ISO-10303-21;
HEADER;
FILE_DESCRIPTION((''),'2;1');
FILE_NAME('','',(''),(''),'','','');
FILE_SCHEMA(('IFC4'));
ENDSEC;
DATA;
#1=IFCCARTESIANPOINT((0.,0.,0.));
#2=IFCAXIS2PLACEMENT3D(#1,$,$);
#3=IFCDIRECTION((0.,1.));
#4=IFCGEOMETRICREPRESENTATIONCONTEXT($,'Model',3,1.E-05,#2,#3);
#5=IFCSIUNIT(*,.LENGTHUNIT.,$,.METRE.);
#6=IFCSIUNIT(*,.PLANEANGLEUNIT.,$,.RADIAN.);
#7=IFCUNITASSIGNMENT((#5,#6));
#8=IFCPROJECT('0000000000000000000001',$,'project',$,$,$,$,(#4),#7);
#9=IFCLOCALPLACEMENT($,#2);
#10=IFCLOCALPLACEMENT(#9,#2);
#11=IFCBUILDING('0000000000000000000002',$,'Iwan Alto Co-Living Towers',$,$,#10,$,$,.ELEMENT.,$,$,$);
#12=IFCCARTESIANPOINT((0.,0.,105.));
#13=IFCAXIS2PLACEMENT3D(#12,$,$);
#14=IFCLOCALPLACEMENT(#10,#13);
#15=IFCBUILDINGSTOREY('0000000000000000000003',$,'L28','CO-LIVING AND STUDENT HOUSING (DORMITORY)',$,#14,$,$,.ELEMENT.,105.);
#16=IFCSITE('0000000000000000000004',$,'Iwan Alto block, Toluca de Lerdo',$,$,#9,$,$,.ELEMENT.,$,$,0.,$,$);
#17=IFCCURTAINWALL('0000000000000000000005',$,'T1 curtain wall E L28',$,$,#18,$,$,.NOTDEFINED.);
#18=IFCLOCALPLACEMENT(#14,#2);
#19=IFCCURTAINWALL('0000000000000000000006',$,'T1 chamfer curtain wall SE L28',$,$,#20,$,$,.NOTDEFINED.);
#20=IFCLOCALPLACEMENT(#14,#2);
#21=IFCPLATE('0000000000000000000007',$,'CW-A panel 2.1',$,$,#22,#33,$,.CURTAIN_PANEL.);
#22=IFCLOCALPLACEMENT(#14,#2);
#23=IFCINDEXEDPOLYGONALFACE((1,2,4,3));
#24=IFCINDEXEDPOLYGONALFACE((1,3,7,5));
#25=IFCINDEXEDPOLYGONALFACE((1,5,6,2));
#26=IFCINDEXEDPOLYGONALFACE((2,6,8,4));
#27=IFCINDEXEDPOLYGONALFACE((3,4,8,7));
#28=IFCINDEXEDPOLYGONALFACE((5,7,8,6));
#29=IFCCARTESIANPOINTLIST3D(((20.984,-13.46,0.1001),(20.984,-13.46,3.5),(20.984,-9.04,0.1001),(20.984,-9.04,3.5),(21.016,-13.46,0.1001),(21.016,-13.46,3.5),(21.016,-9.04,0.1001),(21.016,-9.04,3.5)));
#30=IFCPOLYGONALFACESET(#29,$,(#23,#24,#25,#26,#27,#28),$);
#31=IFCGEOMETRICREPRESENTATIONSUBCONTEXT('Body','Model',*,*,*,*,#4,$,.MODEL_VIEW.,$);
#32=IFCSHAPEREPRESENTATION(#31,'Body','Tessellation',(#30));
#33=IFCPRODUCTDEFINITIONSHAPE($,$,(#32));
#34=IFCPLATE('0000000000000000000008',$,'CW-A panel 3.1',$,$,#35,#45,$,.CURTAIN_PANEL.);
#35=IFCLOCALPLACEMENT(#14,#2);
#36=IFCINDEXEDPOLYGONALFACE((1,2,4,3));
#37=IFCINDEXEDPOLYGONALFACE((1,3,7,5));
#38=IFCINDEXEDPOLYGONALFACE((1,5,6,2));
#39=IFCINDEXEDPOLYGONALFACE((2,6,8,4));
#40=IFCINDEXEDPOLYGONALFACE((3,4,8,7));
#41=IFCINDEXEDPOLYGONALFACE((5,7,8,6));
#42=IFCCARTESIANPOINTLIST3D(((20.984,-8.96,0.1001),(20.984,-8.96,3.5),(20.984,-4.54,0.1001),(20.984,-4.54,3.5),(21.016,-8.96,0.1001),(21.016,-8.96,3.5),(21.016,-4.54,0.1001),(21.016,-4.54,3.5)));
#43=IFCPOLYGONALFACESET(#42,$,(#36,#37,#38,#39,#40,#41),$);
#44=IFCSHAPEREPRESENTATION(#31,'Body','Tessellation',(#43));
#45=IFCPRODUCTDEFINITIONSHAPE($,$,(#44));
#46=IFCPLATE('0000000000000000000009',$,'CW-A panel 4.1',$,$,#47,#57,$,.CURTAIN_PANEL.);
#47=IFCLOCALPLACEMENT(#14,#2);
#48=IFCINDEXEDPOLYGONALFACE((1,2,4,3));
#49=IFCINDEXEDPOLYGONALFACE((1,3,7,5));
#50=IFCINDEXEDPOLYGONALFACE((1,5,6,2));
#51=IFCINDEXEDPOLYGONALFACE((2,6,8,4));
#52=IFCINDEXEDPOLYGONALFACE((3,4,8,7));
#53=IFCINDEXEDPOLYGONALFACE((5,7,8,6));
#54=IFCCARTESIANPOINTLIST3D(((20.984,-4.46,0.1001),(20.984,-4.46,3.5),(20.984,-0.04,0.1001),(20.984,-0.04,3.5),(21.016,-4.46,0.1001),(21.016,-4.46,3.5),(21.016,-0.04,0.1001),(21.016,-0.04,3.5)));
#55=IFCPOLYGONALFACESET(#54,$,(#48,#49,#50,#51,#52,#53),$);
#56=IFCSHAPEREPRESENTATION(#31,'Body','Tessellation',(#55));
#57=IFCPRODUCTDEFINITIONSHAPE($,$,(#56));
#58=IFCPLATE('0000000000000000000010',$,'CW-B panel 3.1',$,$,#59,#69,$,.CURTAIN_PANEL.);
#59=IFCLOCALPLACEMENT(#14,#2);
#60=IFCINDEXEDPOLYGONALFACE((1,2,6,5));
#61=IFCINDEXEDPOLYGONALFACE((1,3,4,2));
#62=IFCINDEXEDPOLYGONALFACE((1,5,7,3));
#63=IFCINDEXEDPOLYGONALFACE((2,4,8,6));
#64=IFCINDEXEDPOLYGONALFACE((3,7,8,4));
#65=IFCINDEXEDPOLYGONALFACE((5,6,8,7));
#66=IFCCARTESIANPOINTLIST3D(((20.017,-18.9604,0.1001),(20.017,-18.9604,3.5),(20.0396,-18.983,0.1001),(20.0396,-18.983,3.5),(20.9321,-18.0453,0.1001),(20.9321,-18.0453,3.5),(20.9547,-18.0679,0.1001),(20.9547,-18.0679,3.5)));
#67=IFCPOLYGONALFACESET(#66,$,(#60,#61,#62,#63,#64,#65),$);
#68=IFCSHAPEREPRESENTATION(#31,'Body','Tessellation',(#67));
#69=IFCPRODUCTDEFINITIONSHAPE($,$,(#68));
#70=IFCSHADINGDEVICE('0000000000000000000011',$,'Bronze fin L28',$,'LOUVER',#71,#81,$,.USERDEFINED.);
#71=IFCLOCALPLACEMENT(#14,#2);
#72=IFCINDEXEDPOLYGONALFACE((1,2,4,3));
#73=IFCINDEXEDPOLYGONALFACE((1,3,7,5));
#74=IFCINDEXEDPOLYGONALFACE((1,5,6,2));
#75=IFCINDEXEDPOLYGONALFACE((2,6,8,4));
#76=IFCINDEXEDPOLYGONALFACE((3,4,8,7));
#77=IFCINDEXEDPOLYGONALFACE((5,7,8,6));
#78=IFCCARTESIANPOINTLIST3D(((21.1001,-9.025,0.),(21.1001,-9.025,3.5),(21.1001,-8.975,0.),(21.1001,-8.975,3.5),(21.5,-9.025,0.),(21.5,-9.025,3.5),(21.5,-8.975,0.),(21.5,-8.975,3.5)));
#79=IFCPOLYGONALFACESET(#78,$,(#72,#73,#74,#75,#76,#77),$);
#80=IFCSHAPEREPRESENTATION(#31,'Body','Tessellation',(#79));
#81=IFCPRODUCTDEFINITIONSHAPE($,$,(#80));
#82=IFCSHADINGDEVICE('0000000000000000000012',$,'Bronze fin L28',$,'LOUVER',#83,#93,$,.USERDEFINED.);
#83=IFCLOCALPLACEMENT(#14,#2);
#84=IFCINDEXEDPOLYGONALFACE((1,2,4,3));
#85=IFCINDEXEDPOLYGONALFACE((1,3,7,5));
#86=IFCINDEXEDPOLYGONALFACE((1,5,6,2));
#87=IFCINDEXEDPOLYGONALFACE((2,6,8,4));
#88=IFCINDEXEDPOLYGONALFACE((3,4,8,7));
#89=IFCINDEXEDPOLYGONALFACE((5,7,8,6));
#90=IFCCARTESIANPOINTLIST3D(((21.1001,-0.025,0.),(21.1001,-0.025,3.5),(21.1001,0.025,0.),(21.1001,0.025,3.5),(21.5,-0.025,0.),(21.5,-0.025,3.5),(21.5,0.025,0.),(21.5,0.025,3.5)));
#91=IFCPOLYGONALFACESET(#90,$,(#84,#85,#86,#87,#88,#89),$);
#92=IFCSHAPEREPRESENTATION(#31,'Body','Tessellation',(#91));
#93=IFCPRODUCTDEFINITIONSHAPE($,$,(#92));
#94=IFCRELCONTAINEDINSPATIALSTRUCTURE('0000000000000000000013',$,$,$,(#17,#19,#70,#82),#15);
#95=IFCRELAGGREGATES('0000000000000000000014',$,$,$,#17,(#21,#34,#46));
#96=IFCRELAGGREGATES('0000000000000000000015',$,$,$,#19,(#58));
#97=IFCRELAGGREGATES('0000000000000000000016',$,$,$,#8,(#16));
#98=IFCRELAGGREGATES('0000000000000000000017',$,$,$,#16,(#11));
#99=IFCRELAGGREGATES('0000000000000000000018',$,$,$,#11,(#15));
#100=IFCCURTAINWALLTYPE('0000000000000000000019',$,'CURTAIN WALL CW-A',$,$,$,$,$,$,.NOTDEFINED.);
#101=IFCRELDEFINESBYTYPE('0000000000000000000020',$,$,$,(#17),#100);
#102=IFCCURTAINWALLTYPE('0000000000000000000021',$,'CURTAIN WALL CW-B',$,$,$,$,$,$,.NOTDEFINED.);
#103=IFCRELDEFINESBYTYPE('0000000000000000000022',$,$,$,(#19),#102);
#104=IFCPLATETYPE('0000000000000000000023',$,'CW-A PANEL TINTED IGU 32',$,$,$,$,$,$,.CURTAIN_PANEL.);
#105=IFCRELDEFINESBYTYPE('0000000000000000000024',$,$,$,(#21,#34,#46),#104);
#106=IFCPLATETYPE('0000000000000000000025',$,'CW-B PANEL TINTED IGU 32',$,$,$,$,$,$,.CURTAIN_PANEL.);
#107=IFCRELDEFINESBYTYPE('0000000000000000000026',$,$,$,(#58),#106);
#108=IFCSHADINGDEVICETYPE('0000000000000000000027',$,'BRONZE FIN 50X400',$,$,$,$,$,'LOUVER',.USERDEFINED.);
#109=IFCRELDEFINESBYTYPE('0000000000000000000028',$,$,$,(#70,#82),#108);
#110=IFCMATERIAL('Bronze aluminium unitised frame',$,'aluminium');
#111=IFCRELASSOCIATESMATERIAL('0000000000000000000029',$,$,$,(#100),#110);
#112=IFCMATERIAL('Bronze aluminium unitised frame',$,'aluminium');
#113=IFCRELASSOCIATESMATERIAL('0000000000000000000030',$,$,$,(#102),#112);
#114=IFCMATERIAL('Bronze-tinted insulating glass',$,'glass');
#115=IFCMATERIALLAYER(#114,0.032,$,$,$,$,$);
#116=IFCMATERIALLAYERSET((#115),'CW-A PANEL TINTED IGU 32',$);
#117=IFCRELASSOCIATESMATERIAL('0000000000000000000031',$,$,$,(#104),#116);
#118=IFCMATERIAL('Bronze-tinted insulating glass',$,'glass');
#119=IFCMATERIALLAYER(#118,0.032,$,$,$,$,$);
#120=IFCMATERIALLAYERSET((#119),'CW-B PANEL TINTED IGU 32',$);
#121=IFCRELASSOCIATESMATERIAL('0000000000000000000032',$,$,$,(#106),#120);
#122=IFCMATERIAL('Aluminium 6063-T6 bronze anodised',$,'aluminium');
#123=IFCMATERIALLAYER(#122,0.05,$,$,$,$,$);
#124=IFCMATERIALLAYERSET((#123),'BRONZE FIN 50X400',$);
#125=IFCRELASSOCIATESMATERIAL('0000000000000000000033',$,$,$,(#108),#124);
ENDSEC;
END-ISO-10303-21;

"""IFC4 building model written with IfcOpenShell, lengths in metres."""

from ifc_helpers import new_model, si_unit, direction, frame, origin, origin_2d, place, context, subcontext, project, spatial, rectangle, extrude, material, layer, layer_set, type_object, element, aggregate, save


model = new_model("IFC4")

# Units and contexts
model_context = context("Model", 3, precision=1e-05, world=origin(), true_north=direction((0.0, 1.0)))
body_context = subcontext(model_context, "Body", "Model", "MODEL_VIEW")
ifc_project = project(units=[si_unit("LENGTHUNIT", "METRE"), si_unit("PLANEANGLEUNIT", "RADIAN")], contexts=[model_context])

# Site, building, storey
site_placement = place(None, origin())
site = spatial("IfcSite", under=ifc_project, at=site_placement, Name="Iwan Alto block, Toluca de Lerdo", CompositionType="ELEMENT", RefElevation=0.0)
building_placement = place(site_placement, origin())
building = spatial("IfcBuilding", under=site, at=building_placement, Name="Iwan Alto Co-Living Towers", CompositionType="ELEMENT")
storey_placement = place(building_placement, frame((0.0, 0.0, 105.0)))
storey = spatial("IfcBuildingStorey", under=building, at=storey_placement, Name="L28", Description="CO-LIVING AND STUDENT HOUSING (DORMITORY)", CompositionType="ELEMENT", Elevation=105.0)

# Curtain wall
ifc_material_1 = material(Name="Bronze aluminium unitised frame", Category="aluminium")
curtain_wall_type_1 = type_object("IfcCurtainWallType", Name="CURTAIN WALL CW-A", PredefinedType="NOTDEFINED", material=ifc_material_1)
curtain_wall_1_placement = place(storey_placement, origin())
curtain_wall_1 = element("IfcCurtainWall", 1, at=curtain_wall_1_placement, inside=storey, type_object=curtain_wall_type_1, Name="T1 curtain wall E L28", PredefinedType="NOTDEFINED")

# Curtain wall
ifc_material_2 = material(Name="Bronze aluminium unitised frame", Category="aluminium")
curtain_wall_type_2 = type_object("IfcCurtainWallType", Name="CURTAIN WALL CW-B", PredefinedType="NOTDEFINED", material=ifc_material_2)
curtain_wall_2_placement = place(storey_placement, origin())
curtain_wall_2 = element("IfcCurtainWall", 2, at=curtain_wall_2_placement, inside=storey, type_object=curtain_wall_type_2, Name="T1 chamfer curtain wall SE L28", PredefinedType="NOTDEFINED")

# Plates
ifc_material_3 = material(Name="Bronze-tinted insulating glass", Category="glass")
ifc_layer_1 = layer(ifc_material_3, 0.032)
ifc_layer_set_1 = layer_set([ifc_layer_1], Name="CW-A PANEL TINTED IGU 32")
plate_type_1 = type_object("IfcPlateType", Name="CW-A PANEL TINTED IGU 32", PredefinedType="CURTAIN_PANEL", material=ifc_layer_set_1)
plate_1_placement = place(storey_placement, frame((21.0, -11.25, 0.1001), z_axis=(0.0, 0.0, 1.0), x_axis=(0.0, 1.0, 0.0)))
plate_1 = element("IfcPlate", 3, at=plate_1_placement, type_object=plate_type_1, Name="CW-A panel 2.1", PredefinedType="CURTAIN_PANEL", context=body_context, shape_type="SweptSolid", body=[
    extrude(rectangle(XDim=4.4199, YDim=0.032, at=origin_2d()), origin(), (0.0, 0.0, 1.0), 3.3999),
])
plate_2_placement = place(storey_placement, frame((21.0, -6.75, 0.1001), z_axis=(0.0, 0.0, 1.0), x_axis=(0.0, 1.0, 0.0)))
plate_2 = element("IfcPlate", 4, at=plate_2_placement, type_object=plate_type_1, Name="CW-A panel 3.1", PredefinedType="CURTAIN_PANEL", context=body_context, shape_type="SweptSolid", body=[
    extrude(rectangle(XDim=4.4199, YDim=0.032, at=origin_2d()), origin(), (0.0, 0.0, 1.0), 3.3999),
])
plate_3_placement = place(storey_placement, frame((21.0, -2.25, 0.1001), z_axis=(0.0, 0.0, 1.0), x_axis=(0.0, 1.0, 0.0)))
plate_3 = element("IfcPlate", 5, at=plate_3_placement, type_object=plate_type_1, Name="CW-A panel 4.1", PredefinedType="CURTAIN_PANEL", context=body_context, shape_type="SweptSolid", body=[
    extrude(rectangle(XDim=4.4199, YDim=0.032, at=origin_2d()), origin(), (0.0, 0.0, 1.0), 3.3999),
])
aggregate(curtain_wall_1, [plate_1, plate_2, plate_3])
ifc_material_4 = material(Name="Bronze-tinted insulating glass", Category="glass")
ifc_layer_2 = layer(ifc_material_4, 0.032)
ifc_layer_set_2 = layer_set([ifc_layer_2], Name="CW-B PANEL TINTED IGU 32")
plate_type_2 = type_object("IfcPlateType", Name="CW-B PANEL TINTED IGU 32", PredefinedType="CURTAIN_PANEL", material=ifc_layer_set_2)
plate_4_placement = place(storey_placement, frame((20.4858, -18.5142, 0.1001), z_axis=(0.0, 0.0, 1.0), x_axis=(0.707107, 0.707107, 0.0)))
plate_4 = element("IfcPlate", 6, at=plate_4_placement, type_object=plate_type_2, Name="CW-B panel 3.1", PredefinedType="CURTAIN_PANEL", context=body_context, shape_type="SweptSolid", body=[
    extrude(rectangle(XDim=1.2942, YDim=0.032, at=origin_2d()), origin(), (0.0, 0.0, 1.0), 3.3999),
])
aggregate(curtain_wall_2, [plate_4])

# Shading devices
ifc_material_5 = material(Name="Aluminium 6063-T6 bronze anodised", Category="aluminium")
ifc_layer_3 = layer(ifc_material_5, 0.05)
ifc_layer_set_3 = layer_set([ifc_layer_3], Name="BRONZE FIN 50X400")
shading_device_type = type_object("IfcShadingDeviceType", Name="BRONZE FIN 50X400", ElementType="LOUVER", PredefinedType="USERDEFINED", material=ifc_layer_set_3)
for number, where, z_axis, x_axis, name in (
    (7, (21.3, -9.0, 0.0), (0.0, 0.0, 1.0), (0.0, 1.0, 0.0), "Bronze fin L28"),
    (8, (21.3, 0.0, 0.0), (0.0, 0.0, 1.0), (0.0, 1.0, 0.0), "Bronze fin L28"),
):
    element("IfcShadingDevice", number, at=place(storey_placement, frame(where, z_axis=z_axis, x_axis=x_axis)), inside=storey, type_object=shading_device_type, Name=name, ObjectType="LOUVER", PredefinedType="USERDEFINED", context=body_context, shape_type="SweptSolid", body=[
        extrude(rectangle(XDim=0.05, YDim=0.3999, at=origin_2d()), origin(), (0.0, 0.0, 1.0), 3.5),
    ])

save(model, "model.ifc")
